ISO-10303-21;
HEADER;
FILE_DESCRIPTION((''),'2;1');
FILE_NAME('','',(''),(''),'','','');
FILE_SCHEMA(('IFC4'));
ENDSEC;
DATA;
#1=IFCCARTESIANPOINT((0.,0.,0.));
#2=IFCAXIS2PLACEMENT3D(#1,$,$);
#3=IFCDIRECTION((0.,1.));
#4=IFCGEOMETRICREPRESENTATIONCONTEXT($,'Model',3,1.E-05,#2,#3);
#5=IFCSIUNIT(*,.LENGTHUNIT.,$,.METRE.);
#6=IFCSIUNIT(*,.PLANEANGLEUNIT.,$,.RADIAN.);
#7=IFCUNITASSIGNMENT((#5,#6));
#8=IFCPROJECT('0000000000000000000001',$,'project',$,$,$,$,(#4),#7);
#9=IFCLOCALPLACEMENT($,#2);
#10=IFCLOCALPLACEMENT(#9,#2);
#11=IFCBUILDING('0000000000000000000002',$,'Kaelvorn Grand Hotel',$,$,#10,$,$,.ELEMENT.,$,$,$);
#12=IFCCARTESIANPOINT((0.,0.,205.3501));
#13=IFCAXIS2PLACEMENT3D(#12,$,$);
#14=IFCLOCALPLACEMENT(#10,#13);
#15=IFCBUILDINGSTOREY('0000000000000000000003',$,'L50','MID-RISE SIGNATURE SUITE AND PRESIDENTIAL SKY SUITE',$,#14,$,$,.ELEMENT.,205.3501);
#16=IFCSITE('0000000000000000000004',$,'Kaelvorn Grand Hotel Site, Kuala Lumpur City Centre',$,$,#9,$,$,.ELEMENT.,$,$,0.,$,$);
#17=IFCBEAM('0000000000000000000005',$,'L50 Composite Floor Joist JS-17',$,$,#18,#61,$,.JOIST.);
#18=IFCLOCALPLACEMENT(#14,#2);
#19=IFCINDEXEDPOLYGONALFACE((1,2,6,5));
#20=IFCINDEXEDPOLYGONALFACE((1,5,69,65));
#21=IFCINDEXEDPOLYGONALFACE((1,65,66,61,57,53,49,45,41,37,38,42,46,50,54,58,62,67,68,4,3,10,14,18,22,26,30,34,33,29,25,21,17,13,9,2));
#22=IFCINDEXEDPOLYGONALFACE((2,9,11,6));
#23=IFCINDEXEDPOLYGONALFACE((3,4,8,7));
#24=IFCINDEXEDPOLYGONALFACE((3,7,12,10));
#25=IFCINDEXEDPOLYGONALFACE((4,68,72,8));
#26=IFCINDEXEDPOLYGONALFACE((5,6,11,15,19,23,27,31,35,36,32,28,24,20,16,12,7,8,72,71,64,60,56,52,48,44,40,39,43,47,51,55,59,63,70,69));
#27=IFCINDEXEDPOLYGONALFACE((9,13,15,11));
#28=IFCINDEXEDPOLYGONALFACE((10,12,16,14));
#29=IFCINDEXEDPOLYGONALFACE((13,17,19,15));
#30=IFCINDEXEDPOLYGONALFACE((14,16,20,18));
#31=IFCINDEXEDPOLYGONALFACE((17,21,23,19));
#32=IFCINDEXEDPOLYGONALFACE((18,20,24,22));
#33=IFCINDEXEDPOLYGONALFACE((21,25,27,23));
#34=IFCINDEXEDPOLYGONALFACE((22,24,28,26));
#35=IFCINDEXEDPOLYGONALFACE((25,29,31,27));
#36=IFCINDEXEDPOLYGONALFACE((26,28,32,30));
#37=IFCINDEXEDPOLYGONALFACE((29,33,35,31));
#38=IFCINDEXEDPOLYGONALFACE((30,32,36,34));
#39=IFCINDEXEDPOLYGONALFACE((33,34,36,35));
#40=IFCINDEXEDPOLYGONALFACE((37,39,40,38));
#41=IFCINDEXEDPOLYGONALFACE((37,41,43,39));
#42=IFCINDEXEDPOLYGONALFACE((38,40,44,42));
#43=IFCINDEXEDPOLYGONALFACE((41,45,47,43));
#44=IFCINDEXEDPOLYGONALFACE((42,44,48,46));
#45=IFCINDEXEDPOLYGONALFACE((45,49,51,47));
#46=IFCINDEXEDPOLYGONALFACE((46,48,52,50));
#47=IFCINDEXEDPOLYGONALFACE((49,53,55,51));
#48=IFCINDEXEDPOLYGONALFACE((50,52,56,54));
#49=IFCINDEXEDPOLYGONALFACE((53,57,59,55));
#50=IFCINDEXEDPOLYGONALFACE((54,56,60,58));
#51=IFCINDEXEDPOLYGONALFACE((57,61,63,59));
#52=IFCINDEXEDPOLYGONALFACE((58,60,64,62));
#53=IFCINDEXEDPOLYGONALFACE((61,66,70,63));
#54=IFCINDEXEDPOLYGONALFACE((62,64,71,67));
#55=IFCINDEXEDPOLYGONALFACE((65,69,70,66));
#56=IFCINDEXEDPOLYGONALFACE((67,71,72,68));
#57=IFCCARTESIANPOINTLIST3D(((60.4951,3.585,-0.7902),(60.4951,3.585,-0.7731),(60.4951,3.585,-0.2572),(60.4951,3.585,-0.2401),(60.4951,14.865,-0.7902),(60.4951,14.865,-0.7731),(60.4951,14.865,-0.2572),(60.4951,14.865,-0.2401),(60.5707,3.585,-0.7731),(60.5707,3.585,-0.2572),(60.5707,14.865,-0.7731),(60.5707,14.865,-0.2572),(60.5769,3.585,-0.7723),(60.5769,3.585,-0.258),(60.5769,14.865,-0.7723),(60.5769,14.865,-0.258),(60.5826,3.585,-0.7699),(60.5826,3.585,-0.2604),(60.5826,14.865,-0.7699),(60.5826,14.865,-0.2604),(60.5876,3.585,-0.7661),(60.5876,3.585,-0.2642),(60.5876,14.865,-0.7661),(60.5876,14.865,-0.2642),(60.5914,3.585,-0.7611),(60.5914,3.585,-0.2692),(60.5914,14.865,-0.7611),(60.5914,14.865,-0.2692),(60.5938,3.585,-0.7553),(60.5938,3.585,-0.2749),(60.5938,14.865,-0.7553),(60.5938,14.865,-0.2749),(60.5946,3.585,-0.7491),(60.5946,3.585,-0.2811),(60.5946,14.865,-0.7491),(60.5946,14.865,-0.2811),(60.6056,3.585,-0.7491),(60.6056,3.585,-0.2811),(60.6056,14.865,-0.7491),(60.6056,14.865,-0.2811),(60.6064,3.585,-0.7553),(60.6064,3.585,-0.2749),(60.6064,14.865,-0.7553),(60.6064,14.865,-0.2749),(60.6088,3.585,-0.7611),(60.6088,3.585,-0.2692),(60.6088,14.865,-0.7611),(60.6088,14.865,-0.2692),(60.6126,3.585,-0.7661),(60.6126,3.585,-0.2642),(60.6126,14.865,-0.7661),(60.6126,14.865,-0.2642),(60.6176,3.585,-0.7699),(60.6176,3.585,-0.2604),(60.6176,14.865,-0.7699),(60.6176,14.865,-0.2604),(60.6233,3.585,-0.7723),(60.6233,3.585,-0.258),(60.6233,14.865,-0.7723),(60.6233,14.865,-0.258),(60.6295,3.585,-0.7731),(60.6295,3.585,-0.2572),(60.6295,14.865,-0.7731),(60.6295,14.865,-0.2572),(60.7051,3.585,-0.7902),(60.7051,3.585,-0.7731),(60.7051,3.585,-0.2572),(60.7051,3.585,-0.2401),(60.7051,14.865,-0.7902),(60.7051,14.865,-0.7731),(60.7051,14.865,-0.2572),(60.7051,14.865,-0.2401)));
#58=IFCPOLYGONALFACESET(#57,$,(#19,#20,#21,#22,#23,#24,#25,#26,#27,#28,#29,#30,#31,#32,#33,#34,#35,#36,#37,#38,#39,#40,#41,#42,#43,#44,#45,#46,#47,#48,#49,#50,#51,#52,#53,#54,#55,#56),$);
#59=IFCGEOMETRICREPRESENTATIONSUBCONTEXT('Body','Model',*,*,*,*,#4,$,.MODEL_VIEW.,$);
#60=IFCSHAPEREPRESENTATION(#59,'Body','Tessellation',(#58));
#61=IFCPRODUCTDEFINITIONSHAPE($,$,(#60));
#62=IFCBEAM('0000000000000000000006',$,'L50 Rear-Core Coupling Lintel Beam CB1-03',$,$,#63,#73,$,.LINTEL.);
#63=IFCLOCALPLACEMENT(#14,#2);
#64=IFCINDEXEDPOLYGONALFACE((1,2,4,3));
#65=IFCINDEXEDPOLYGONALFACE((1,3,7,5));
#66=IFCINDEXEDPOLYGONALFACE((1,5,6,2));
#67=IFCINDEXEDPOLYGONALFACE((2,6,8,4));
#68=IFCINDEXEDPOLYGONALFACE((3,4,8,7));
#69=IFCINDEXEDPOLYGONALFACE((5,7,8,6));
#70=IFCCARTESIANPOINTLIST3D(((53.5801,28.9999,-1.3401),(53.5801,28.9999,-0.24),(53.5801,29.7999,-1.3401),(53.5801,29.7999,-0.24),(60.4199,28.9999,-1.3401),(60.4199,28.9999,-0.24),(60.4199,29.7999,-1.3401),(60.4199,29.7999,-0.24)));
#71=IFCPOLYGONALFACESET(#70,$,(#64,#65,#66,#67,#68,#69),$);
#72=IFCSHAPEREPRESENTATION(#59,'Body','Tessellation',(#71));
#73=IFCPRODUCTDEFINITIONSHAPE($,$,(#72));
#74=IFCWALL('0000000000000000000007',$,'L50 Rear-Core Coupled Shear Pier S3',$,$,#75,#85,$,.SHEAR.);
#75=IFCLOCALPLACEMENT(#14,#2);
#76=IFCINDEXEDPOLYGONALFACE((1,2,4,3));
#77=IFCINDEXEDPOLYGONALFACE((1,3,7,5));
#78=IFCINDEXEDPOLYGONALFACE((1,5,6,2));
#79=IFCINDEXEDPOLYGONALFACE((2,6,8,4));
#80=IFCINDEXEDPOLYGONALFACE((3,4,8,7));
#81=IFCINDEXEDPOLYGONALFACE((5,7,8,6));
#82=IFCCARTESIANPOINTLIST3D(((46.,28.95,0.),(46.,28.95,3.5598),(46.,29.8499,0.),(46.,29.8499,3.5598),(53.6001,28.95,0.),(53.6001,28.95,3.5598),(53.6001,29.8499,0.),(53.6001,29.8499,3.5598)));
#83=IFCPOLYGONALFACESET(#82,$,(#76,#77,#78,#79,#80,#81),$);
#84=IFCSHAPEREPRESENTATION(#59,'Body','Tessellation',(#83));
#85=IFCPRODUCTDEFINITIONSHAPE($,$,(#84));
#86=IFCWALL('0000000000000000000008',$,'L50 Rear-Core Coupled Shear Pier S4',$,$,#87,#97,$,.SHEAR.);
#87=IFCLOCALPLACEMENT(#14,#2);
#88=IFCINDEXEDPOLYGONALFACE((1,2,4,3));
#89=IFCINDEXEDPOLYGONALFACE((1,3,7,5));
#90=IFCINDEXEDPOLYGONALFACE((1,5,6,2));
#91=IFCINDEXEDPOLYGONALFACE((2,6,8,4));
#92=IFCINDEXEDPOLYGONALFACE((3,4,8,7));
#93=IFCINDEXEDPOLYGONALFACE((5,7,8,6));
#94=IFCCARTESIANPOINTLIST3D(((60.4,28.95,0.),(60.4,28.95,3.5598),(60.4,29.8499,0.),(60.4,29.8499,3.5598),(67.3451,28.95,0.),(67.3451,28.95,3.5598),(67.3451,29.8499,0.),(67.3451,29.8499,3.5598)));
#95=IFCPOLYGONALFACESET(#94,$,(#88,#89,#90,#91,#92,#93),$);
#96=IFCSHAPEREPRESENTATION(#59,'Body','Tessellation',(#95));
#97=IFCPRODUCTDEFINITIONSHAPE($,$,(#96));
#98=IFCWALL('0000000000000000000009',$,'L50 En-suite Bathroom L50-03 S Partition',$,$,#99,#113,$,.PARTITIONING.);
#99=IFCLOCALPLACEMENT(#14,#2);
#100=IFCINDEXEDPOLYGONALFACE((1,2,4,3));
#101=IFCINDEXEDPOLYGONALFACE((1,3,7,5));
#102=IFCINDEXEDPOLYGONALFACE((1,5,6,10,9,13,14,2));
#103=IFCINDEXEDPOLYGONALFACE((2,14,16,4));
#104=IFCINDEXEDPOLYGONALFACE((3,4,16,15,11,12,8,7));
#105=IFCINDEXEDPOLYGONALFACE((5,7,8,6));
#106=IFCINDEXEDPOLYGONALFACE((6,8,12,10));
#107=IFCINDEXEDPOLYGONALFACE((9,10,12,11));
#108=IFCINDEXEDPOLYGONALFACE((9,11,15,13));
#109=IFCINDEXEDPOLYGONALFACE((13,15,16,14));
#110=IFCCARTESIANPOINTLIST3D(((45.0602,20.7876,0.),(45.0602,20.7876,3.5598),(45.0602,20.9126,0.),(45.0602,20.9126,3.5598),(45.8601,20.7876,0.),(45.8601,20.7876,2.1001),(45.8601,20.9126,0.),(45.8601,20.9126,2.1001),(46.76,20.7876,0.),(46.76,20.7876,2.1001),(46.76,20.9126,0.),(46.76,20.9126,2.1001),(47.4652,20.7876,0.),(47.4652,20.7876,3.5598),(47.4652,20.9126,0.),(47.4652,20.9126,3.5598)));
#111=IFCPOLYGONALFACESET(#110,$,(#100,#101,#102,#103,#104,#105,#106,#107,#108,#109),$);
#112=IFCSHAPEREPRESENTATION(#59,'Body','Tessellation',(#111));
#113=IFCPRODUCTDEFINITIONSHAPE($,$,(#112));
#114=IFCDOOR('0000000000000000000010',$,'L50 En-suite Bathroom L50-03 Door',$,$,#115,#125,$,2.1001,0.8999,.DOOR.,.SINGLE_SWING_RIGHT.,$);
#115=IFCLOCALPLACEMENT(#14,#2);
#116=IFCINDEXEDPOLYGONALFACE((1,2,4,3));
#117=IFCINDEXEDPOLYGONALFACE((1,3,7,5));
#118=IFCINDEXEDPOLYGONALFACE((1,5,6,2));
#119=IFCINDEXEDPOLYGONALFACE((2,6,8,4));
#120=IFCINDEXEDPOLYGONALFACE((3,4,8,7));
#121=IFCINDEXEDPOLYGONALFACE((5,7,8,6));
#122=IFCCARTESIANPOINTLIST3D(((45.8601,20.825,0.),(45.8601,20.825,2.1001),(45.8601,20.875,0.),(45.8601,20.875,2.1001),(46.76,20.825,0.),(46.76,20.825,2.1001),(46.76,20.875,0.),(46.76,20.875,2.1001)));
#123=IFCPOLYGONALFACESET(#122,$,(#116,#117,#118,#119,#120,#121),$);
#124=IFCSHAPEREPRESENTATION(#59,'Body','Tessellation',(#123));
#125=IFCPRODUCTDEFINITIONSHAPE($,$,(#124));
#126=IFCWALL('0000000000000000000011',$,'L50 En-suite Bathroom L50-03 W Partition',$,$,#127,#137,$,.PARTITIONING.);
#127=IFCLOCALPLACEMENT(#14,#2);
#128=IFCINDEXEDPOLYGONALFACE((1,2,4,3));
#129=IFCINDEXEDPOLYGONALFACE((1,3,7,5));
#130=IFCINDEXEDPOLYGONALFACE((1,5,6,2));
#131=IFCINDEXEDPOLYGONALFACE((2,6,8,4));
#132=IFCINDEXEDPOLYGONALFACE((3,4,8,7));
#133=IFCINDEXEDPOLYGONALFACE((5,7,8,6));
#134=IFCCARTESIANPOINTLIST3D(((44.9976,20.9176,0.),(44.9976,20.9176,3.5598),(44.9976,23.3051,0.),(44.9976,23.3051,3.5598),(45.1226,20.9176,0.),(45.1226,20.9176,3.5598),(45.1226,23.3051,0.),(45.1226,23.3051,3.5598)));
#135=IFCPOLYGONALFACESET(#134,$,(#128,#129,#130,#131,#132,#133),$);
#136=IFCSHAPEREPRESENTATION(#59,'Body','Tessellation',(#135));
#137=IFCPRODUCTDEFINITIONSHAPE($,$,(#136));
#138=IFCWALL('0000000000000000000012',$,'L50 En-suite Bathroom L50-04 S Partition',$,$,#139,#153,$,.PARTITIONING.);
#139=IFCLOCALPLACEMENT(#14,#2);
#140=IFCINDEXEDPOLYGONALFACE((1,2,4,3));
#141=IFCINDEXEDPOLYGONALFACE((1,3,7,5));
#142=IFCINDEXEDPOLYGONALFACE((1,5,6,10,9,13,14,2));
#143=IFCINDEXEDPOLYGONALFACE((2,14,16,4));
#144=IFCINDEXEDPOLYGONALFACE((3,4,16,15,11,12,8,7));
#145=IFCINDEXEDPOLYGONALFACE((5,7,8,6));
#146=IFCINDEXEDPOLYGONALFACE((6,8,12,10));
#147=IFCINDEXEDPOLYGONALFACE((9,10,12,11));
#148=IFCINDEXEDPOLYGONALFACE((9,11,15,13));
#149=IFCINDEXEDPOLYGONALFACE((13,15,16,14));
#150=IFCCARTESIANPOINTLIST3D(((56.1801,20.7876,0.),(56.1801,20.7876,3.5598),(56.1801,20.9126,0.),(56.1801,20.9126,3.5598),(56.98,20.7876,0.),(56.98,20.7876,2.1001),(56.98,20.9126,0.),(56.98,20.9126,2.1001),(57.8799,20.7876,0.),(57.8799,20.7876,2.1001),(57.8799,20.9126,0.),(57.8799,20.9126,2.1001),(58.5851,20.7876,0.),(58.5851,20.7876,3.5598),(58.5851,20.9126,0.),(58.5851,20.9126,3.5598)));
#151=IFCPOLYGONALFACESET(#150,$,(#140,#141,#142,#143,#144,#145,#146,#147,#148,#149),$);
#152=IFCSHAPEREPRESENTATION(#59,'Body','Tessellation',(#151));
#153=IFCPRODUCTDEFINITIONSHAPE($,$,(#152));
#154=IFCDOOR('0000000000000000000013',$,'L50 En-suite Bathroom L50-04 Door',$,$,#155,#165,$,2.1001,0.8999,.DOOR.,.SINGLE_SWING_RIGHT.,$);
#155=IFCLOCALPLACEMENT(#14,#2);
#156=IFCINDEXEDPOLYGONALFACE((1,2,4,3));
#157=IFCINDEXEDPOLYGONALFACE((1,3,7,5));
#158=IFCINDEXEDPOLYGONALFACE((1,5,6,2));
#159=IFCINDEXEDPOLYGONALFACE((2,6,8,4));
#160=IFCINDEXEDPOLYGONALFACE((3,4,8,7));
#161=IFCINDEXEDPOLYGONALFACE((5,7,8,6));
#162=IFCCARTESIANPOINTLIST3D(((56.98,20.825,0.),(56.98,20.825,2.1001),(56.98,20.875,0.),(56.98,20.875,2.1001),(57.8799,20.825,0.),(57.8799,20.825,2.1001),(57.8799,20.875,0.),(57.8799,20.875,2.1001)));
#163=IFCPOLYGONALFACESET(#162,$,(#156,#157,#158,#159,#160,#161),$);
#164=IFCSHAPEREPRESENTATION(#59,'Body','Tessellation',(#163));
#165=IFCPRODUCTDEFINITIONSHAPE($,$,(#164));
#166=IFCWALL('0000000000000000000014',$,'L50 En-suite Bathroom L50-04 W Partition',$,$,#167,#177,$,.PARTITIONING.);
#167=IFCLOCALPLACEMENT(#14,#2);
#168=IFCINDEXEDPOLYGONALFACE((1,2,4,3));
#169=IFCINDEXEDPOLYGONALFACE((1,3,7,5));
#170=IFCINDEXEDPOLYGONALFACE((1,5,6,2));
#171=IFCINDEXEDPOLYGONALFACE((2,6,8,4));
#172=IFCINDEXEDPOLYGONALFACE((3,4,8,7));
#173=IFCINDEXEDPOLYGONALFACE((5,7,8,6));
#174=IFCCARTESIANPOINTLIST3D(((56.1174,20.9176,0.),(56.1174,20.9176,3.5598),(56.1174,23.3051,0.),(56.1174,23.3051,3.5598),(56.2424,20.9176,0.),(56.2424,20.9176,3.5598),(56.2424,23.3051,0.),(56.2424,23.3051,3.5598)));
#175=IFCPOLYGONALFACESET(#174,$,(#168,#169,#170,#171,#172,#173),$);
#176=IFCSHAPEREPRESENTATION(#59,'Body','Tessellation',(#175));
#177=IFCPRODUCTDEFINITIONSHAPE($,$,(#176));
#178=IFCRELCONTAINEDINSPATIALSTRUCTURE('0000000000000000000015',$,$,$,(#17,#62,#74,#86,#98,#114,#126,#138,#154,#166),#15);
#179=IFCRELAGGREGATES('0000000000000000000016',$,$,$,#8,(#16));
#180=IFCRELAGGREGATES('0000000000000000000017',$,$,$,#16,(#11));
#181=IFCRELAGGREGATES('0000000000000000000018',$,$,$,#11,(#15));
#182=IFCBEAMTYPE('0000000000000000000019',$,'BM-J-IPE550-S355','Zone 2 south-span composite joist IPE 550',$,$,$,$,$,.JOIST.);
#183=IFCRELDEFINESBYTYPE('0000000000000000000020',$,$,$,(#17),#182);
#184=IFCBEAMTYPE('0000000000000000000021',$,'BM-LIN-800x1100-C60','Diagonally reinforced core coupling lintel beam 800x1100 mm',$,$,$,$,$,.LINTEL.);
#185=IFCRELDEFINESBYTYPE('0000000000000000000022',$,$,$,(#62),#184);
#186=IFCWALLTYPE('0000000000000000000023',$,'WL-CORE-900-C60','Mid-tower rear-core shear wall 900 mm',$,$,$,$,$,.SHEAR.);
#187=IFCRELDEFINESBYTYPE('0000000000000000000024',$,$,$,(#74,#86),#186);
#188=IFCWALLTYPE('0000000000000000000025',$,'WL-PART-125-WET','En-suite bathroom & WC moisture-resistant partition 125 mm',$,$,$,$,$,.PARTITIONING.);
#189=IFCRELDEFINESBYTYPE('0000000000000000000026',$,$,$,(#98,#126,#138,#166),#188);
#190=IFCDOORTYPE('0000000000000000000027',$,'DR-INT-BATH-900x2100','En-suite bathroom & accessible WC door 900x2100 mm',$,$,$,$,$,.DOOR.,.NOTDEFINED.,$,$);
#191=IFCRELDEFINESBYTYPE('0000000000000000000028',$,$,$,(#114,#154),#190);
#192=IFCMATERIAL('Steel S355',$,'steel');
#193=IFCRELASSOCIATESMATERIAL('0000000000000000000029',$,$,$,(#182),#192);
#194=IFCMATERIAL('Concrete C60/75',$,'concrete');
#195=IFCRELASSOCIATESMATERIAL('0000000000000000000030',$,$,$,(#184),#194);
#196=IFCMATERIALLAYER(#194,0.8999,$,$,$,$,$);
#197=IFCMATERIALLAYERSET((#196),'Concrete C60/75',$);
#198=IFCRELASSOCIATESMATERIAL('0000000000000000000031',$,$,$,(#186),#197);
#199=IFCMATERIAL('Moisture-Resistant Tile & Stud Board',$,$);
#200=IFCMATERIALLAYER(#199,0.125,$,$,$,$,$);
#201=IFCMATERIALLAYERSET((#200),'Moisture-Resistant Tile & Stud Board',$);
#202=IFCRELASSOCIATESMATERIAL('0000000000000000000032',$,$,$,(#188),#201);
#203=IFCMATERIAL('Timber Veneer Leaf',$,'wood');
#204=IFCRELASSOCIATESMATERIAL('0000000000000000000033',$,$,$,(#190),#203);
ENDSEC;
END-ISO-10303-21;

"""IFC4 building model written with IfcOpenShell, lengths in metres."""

from ifc_helpers import new_model, si_unit, direction, frame, frame_2d, origin, origin_2d, place, context, subcontext, project, spatial, rectangle, i_section, extrude, material, layer, layer_set, material_profile, profile_set, type_object, element, fill, save


model = new_model("IFC4")

# Units and contexts
model_context = context("Model", 3, precision=1e-05, world=origin(), true_north=direction((0.0, 1.0)))
body_context = subcontext(model_context, "Body", "Model", "MODEL_VIEW")
ifc_project = project(units=[si_unit("LENGTHUNIT", "METRE"), si_unit("PLANEANGLEUNIT", "RADIAN")], contexts=[model_context])

# Site, building, storey
site_placement = place(None, origin())
site = spatial("IfcSite", under=ifc_project, at=site_placement, Name="Kaelvorn Grand Hotel Site, Kuala Lumpur City Centre", CompositionType="ELEMENT", RefElevation=0.0)
building_placement = place(site_placement, origin())
building = spatial("IfcBuilding", under=site, at=building_placement, Name="Kaelvorn Grand Hotel", CompositionType="ELEMENT")
storey_placement = place(building_placement, frame((0.0, 0.0, 205.3501)))
storey = spatial("IfcBuildingStorey", under=building, at=storey_placement, Name="L50", Description="MID-RISE SIGNATURE SUITE AND PRESIDENTIAL SKY SUITE", CompositionType="ELEMENT", Elevation=205.3501)

# Shared definitions
ifc_material_1 = material(Name="Concrete C60/75", Category="concrete")

# Beams
ifc_material_2 = material(Name="Steel S355", Category="steel")
ifc_material_profile_1 = material_profile(ifc_material_2, i_section(OverallWidth=0.21, OverallDepth=0.55, WebThickness=0.011, FlangeThickness=0.0171, FilletRadius=0.0239, at=origin_2d()), Name="IPE 550")
ifc_profile_set_1 = profile_set([ifc_material_profile_1], Name="Steel S355")
beam_type_1 = type_object("IfcBeamType", Name="BM-J-IPE550-S355", Description="Zone 2 south-span composite joist IPE 550", PredefinedType="JOIST", material=ifc_profile_set_1)
beam_1_placement = place(storey_placement, frame((60.6001, 3.585, -0.5151), z_axis=(0.0, 1.0, 0.0), x_axis=(-1.0, 0.0, 0.0)))
element("IfcBeam", 1, at=beam_1_placement, inside=storey, type_object=beam_type_1, Name="L50 Composite Floor Joist JS-17", PredefinedType="JOIST", context=body_context, shape_type="SweptSolid", body=[
    extrude(i_section(OverallWidth=0.21, OverallDepth=0.55, WebThickness=0.011, FlangeThickness=0.0171, FilletRadius=0.0239, at=origin_2d()), origin(), (0.0, 0.0, 1.0), 11.28),
])
ifc_material_profile_2 = material_profile(ifc_material_1, rectangle(XDim=0.8, YDim=1.1001, at=origin_2d()), Name="RC LINTEL 800x1100")
ifc_profile_set_2 = profile_set([ifc_material_profile_2], Name="Concrete C60/75")
beam_type_2 = type_object("IfcBeamType", Name="BM-LIN-800x1100-C60", Description="Diagonally reinforced core coupling lintel beam 800x1100 mm", PredefinedType="LINTEL", material=ifc_profile_set_2)
beam_2_placement = place(storey_placement, frame((53.5801, 29.3999, -0.79), z_axis=(1.0, 0.0, 0.0), x_axis=(0.0, 1.0, 0.0)))
element("IfcBeam", 2, at=beam_2_placement, inside=storey, type_object=beam_type_2, Name="L50 Rear-Core Coupling Lintel Beam CB1-03", PredefinedType="LINTEL", context=body_context, shape_type="SweptSolid", body=[
    extrude(rectangle(XDim=0.8, YDim=1.1001, at=origin_2d()), origin(), (0.0, 0.0, 1.0), 6.8398),
])

# Walls
ifc_layer_1 = layer(ifc_material_1, 0.8999)
ifc_layer_set_1 = layer_set([ifc_layer_1], Name="Concrete C60/75")
wall_type_1 = type_object("IfcWallType", Name="WL-CORE-900-C60", Description="Mid-tower rear-core shear wall 900 mm", PredefinedType="SHEAR", material=ifc_layer_set_1)
wall_1_placement = place(storey_placement, frame((46.0, 29.3999, 0.0), z_axis=(0.0, 0.0, 1.0), x_axis=(1.0, 0.0, 0.0)))
element("IfcWall", 3, at=wall_1_placement, inside=storey, type_object=wall_type_1, Name="L50 Rear-Core Coupled Shear Pier S3", PredefinedType="SHEAR", context=body_context, shape_type="SweptSolid", body=[
    extrude(rectangle(XDim=7.6001, YDim=0.8999, at=frame_2d((3.8, 0.0))), origin(), (0.0, 0.0, 1.0), 3.5598),
])
wall_2_placement = place(storey_placement, frame((60.3999, 29.3999, 0.0), z_axis=(0.0, 0.0, 1.0), x_axis=(1.0, 0.0, 0.0)))
element("IfcWall", 4, at=wall_2_placement, inside=storey, type_object=wall_type_1, Name="L50 Rear-Core Coupled Shear Pier S4", PredefinedType="SHEAR", context=body_context, shape_type="SweptSolid", body=[
    extrude(rectangle(XDim=6.9451, YDim=0.8999, at=frame_2d((3.4727, 0.0))), origin(), (0.0, 0.0, 1.0), 3.5598),
])

# Wall, opening, door
ifc_material_3 = material(Name="Moisture-Resistant Tile & Stud Board")
ifc_layer_2 = layer(ifc_material_3, 0.125)
ifc_layer_set_2 = layer_set([ifc_layer_2], Name="Moisture-Resistant Tile & Stud Board")
wall_type_2 = type_object("IfcWallType", Name="WL-PART-125-WET", Description="En-suite bathroom & WC moisture-resistant partition 125 mm", PredefinedType="PARTITIONING", material=ifc_layer_set_2)
wall_3_placement = place(storey_placement, frame((45.0601, 20.8501, 0.0), z_axis=(0.0, 0.0, 1.0), x_axis=(1.0, 0.0, 0.0)))
wall_3 = element("IfcWall", 5, at=wall_3_placement, inside=storey, type_object=wall_type_2, Name="L50 En-suite Bathroom L50-03 S Partition", PredefinedType="PARTITIONING", context=body_context, shape_type="SweptSolid", body=[
    extrude(rectangle(XDim=2.405, YDim=0.125, at=frame_2d((1.2026, 0.0))), origin(), (0.0, 0.0, 1.0), 3.5598),
])
opening_1_placement = place(wall_3_placement, frame((0.8, 0.0, 0.0)))
opening_1 = element("IfcOpeningElement", 6, at=opening_1_placement, cuts=wall_3, PredefinedType="OPENING", context=body_context, shape_type="SweptSolid", body=[
    extrude(rectangle(XDim=0.8999, YDim=2.1001, at=frame_2d((0.45, 1.05))), frame((0.0, 0.0725, 0.0), z_axis=(0.0, -1.0, 0.0), x_axis=(1.0, 0.0, 0.0)), (0.0, 0.0, 1.0), 0.145),
])
ifc_material_4 = material(Name="Timber Veneer Leaf", Category="wood")
door_type_1 = type_object("IfcDoorType", Name="DR-INT-BATH-900x2100", Description="En-suite bathroom & accessible WC door 900x2100 mm", OperationType="NOTDEFINED", PredefinedType="DOOR", material=ifc_material_4)
door_1_placement = place(opening_1_placement, origin())
door_1 = element("IfcDoor", 7, at=door_1_placement, inside=storey, type_object=door_type_1, Name="L50 En-suite Bathroom L50-03 Door", OperationType="SINGLE_SWING_RIGHT", OverallHeight=2.1001, OverallWidth=0.8999, PredefinedType="DOOR", context=body_context, shape_type="SweptSolid", body=[
    extrude(rectangle(XDim=0.8999, YDim=2.1001, at=frame_2d((0.45, 1.05))), frame((0.0, 0.0249, 0.0), z_axis=(0.0, -1.0, 0.0), x_axis=(1.0, 0.0, 0.0)), (0.0, 0.0, 1.0), 0.05),
])
fill(opening_1, door_1)

# Wall
wall_4_placement = place(storey_placement, frame((45.0601, 20.9175, 0.0), z_axis=(0.0, 0.0, 1.0), x_axis=(0.0, 1.0, 0.0)))
element("IfcWall", 8, at=wall_4_placement, inside=storey, type_object=wall_type_2, Name="L50 En-suite Bathroom L50-03 W Partition", PredefinedType="PARTITIONING", context=body_context, shape_type="SweptSolid", body=[
    extrude(rectangle(XDim=2.3875, YDim=0.125, at=frame_2d((1.1938, 0.0))), origin(), (0.0, 0.0, 1.0), 3.5598),
])

# Wall, opening, door
wall_5_placement = place(storey_placement, frame((56.1799, 20.8501, 0.0), z_axis=(0.0, 0.0, 1.0), x_axis=(1.0, 0.0, 0.0)))
wall_5 = element("IfcWall", 9, at=wall_5_placement, inside=storey, type_object=wall_type_2, Name="L50 En-suite Bathroom L50-04 S Partition", PredefinedType="PARTITIONING", context=body_context, shape_type="SweptSolid", body=[
    extrude(rectangle(XDim=2.405, YDim=0.125, at=frame_2d((1.2026, 0.0))), origin(), (0.0, 0.0, 1.0), 3.5598),
])
opening_2_placement = place(wall_5_placement, frame((0.8, 0.0, 0.0)))
opening_2 = element("IfcOpeningElement", 10, at=opening_2_placement, cuts=wall_5, PredefinedType="OPENING", context=body_context, shape_type="SweptSolid", body=[
    extrude(rectangle(XDim=0.8999, YDim=2.1001, at=frame_2d((0.45, 1.05))), frame((0.0, 0.0725, 0.0), z_axis=(0.0, -1.0, 0.0), x_axis=(1.0, 0.0, 0.0)), (0.0, 0.0, 1.0), 0.145),
])
door_2_placement = place(opening_2_placement, origin())
door_2 = element("IfcDoor", 11, at=door_2_placement, inside=storey, type_object=door_type_1, Name="L50 En-suite Bathroom L50-04 Door", OperationType="SINGLE_SWING_RIGHT", OverallHeight=2.1001, OverallWidth=0.8999, PredefinedType="DOOR", context=body_context, shape_type="SweptSolid", body=[
    extrude(rectangle(XDim=0.8999, YDim=2.1001, at=frame_2d((0.45, 1.05))), frame((0.0, 0.0249, 0.0), z_axis=(0.0, -1.0, 0.0), x_axis=(1.0, 0.0, 0.0)), (0.0, 0.0, 1.0), 0.05),
])
fill(opening_2, door_2)

# Wall
wall_6_placement = place(storey_placement, frame((56.1799, 20.9175, 0.0), z_axis=(0.0, 0.0, 1.0), x_axis=(0.0, 1.0, 0.0)))
element("IfcWall", 12, at=wall_6_placement, inside=storey, type_object=wall_type_2, Name="L50 En-suite Bathroom L50-04 W Partition", PredefinedType="PARTITIONING", context=body_context, shape_type="SweptSolid", body=[
    extrude(rectangle(XDim=2.3875, YDim=0.125, at=frame_2d((1.1938, 0.0))), origin(), (0.0, 0.0, 1.0), 3.5598),
])

save(model, "model.ifc")
